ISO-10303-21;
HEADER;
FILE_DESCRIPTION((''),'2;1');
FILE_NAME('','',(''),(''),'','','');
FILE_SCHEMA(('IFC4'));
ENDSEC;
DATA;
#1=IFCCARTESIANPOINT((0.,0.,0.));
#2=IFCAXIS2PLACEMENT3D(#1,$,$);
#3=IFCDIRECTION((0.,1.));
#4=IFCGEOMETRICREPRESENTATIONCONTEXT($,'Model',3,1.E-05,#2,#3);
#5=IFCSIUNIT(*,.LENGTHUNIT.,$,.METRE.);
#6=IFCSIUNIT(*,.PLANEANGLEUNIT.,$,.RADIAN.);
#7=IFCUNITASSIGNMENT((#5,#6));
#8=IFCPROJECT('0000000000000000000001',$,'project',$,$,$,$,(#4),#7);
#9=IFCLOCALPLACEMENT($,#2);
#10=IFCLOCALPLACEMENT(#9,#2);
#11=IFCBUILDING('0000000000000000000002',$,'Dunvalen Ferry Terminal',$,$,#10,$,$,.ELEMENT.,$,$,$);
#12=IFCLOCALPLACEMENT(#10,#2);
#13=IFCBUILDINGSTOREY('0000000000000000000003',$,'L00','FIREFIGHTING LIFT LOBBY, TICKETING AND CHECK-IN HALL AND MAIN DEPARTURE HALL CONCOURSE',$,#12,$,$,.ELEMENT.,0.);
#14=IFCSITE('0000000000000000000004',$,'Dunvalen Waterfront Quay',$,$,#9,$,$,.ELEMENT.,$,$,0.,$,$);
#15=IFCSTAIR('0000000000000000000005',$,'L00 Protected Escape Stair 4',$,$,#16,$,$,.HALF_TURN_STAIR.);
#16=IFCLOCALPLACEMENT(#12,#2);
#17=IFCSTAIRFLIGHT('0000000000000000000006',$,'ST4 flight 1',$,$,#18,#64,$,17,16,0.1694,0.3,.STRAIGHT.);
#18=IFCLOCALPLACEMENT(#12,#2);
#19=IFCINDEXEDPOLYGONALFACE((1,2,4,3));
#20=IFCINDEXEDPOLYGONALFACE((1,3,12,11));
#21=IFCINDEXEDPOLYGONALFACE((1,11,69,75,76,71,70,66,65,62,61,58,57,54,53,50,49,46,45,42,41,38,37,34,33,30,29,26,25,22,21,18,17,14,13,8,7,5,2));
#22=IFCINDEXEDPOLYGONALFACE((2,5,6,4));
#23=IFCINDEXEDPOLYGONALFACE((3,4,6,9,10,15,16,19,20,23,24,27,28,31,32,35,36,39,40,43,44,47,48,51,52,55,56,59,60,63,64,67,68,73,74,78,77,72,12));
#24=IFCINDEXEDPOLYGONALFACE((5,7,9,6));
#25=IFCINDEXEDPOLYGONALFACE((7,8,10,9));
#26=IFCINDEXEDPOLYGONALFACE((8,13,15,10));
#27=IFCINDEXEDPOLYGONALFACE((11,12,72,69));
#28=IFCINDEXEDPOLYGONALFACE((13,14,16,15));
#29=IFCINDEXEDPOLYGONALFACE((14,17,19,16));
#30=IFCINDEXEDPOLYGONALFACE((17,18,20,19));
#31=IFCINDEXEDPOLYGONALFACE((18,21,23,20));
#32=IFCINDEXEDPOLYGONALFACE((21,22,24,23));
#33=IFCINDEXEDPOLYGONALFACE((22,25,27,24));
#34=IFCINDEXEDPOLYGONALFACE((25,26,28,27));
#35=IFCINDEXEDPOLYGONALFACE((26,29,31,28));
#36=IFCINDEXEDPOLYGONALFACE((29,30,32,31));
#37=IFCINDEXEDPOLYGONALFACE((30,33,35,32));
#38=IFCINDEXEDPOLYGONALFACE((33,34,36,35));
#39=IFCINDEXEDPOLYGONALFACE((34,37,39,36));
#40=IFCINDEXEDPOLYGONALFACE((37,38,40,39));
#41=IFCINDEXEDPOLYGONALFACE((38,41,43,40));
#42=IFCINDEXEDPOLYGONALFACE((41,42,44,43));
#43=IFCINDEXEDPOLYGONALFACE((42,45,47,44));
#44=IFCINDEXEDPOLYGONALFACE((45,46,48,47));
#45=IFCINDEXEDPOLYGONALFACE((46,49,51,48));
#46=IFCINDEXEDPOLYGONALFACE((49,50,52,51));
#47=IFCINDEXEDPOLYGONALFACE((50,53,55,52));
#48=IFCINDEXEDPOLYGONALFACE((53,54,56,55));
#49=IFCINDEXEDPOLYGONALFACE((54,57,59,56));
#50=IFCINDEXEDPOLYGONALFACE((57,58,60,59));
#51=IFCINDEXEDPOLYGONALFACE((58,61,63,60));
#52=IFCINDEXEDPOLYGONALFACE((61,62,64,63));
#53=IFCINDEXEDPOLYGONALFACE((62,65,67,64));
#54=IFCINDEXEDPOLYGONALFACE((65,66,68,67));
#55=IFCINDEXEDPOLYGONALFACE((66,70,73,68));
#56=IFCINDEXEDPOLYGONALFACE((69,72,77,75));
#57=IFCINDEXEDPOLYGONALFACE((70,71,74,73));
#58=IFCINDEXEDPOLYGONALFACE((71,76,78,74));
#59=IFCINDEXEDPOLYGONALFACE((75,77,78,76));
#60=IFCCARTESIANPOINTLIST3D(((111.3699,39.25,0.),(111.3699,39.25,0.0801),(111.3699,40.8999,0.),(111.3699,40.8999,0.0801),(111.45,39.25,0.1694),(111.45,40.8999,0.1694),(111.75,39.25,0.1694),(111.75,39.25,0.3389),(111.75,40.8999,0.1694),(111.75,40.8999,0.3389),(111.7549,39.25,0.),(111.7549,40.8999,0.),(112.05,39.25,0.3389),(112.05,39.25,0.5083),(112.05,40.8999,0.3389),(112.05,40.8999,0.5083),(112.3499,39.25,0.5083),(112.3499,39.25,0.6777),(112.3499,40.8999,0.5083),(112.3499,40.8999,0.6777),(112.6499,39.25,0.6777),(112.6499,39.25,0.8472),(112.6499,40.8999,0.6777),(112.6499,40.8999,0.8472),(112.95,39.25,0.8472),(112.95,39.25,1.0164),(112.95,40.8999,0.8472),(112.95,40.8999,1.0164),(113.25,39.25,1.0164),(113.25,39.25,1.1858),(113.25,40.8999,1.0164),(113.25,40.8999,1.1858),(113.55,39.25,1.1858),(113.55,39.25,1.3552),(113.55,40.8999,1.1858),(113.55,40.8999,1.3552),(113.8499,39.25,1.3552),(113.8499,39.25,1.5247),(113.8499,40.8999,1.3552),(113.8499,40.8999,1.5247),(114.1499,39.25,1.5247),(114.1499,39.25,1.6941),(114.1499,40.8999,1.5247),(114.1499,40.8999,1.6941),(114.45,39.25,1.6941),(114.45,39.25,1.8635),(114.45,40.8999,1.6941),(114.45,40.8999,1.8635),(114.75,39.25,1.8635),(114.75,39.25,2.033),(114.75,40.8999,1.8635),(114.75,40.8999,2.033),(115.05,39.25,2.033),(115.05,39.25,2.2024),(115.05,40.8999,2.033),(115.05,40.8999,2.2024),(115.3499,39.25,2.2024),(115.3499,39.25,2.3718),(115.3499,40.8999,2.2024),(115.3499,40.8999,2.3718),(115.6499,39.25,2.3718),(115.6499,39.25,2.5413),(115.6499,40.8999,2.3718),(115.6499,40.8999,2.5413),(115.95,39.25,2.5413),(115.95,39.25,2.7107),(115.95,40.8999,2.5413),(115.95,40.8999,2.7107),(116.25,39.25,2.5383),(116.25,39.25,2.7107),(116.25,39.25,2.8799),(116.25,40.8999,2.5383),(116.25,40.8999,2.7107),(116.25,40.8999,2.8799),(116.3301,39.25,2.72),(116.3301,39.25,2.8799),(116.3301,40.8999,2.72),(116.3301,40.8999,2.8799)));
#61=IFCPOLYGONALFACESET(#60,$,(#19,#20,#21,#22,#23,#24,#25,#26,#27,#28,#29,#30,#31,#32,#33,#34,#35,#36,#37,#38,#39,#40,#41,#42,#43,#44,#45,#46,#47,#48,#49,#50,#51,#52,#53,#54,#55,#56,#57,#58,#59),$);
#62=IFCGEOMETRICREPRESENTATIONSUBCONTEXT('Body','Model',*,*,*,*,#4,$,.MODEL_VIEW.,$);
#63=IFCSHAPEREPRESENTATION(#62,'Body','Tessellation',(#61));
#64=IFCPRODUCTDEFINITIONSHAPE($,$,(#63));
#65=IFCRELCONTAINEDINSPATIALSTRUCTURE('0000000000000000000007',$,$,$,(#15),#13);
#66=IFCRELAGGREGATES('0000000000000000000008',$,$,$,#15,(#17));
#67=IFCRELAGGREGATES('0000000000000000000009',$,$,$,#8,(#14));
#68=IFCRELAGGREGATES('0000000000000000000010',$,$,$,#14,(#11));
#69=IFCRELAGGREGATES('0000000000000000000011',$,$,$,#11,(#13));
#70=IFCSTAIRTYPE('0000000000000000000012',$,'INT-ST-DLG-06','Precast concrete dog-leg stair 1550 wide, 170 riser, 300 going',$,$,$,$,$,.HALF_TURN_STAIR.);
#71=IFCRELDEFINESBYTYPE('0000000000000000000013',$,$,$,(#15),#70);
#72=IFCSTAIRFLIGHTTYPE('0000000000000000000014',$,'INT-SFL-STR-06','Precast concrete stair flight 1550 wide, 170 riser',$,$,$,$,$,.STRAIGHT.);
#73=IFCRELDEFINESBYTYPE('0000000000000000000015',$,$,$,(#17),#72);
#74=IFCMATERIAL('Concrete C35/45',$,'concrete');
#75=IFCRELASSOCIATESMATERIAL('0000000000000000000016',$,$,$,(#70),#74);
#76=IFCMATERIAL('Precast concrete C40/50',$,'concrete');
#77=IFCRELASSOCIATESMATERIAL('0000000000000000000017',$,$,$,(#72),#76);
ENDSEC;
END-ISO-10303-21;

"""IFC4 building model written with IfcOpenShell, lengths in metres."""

from ifc_helpers import new_model, si_unit, direction, frame, origin, place, context, subcontext, project, spatial, polyline, outline, extrude, material, type_object, element, aggregate, save


model = new_model("IFC4")

# Units and contexts
model_context = context("Model", 3, precision=1e-05, world=origin(), true_north=direction((0.0, 1.0)))
body_context = subcontext(model_context, "Body", "Model", "MODEL_VIEW")
ifc_project = project(units=[si_unit("LENGTHUNIT", "METRE"), si_unit("PLANEANGLEUNIT", "RADIAN")], contexts=[model_context])

# Site, building, storey
site_placement = place(None, origin())
site = spatial("IfcSite", under=ifc_project, at=site_placement, Name="Dunvalen Waterfront Quay", CompositionType="ELEMENT", RefElevation=0.0)
building_placement = place(site_placement, origin())
building = spatial("IfcBuilding", under=site, at=building_placement, Name="Dunvalen Ferry Terminal", CompositionType="ELEMENT")
storey_placement = place(building_placement, origin())
storey = spatial("IfcBuildingStorey", under=building, at=storey_placement, Name="L00", Description="FIREFIGHTING LIFT LOBBY, TICKETING AND CHECK-IN HALL AND MAIN DEPARTURE HALL CONCOURSE", CompositionType="ELEMENT", Elevation=0.0)

# Stair, stair flight
ifc_material_1 = material(Name="Concrete C35/45", Category="concrete")
stair_type = type_object("IfcStairType", Name="INT-ST-DLG-06", Description="Precast concrete dog-leg stair 1550 wide, 170 riser, 300 going", PredefinedType="HALF_TURN_STAIR", material=ifc_material_1)
stair_placement = place(storey_placement, origin())
stair = element("IfcStair", 1, at=stair_placement, inside=storey, type_object=stair_type, Name="L00 Protected Escape Stair 4", PredefinedType="HALF_TURN_STAIR")
ifc_material_2 = material(Name="Precast concrete C40/50", Category="concrete")
stair_flight_type = type_object("IfcStairFlightType", Name="INT-SFL-STR-06", Description="Precast concrete stair flight 1550 wide, 170 riser", PredefinedType="STRAIGHT", material=ifc_material_2)
stair_flight_placement = place(storey_placement, frame((111.45, 40.075, 0.0), z_axis=(0.0, 0.0, 1.0), x_axis=(1.0, 0.0, 0.0)))
stair_flight = element("IfcStairFlight", 2, at=stair_flight_placement, type_object=stair_flight_type, Name="ST4 flight 1", NumberOfRisers=17, NumberOfTreads=16, PredefinedType="STRAIGHT", RiserHeight=0.1694, TreadLength=0.3, context=body_context, shape_type="SweptSolid", body=[
    extrude(outline(polyline([(-0.0801, 0.0), (-0.0801, 0.0801), (0.0, 0.1694), (0.3, 0.1694), (0.3, 0.3389), (0.6001, 0.3389), (0.6001, 0.5083), (0.8999, 0.5083), (0.8999, 0.6777), (1.2, 0.6777), (1.2, 0.8472), (1.5, 0.8472), (1.5, 1.0164), (1.8, 1.0164), (1.8, 1.1858), (2.1001, 1.1858), (2.1001, 1.3552), (2.3999, 1.3552), (2.3999, 1.5247), (2.7, 1.5247), (2.7, 1.6941), (3.0, 1.6941), (3.0, 1.8635), (3.3, 1.8635), (3.3, 2.033), (3.6001, 2.033), (3.6001, 2.2024), (3.8999, 2.2024), (3.8999, 2.3718), (4.2, 2.3718), (4.2, 2.5413), (4.5, 2.5413), (4.5, 2.7107), (4.8, 2.7107), (4.8, 2.8799), (4.8801, 2.8799), (4.8801, 2.72), (4.8, 2.5383), (0.3049, 0.0), (-0.0801, 0.0)])), frame((0.0, 0.825, 0.0), z_axis=(0.0, -1.0, 0.0), x_axis=(1.0, 0.0, 0.0)), (0.0, 0.0, 1.0), 1.6499),
])
aggregate(stair, [stair_flight])

save(model, "model.ifc")
